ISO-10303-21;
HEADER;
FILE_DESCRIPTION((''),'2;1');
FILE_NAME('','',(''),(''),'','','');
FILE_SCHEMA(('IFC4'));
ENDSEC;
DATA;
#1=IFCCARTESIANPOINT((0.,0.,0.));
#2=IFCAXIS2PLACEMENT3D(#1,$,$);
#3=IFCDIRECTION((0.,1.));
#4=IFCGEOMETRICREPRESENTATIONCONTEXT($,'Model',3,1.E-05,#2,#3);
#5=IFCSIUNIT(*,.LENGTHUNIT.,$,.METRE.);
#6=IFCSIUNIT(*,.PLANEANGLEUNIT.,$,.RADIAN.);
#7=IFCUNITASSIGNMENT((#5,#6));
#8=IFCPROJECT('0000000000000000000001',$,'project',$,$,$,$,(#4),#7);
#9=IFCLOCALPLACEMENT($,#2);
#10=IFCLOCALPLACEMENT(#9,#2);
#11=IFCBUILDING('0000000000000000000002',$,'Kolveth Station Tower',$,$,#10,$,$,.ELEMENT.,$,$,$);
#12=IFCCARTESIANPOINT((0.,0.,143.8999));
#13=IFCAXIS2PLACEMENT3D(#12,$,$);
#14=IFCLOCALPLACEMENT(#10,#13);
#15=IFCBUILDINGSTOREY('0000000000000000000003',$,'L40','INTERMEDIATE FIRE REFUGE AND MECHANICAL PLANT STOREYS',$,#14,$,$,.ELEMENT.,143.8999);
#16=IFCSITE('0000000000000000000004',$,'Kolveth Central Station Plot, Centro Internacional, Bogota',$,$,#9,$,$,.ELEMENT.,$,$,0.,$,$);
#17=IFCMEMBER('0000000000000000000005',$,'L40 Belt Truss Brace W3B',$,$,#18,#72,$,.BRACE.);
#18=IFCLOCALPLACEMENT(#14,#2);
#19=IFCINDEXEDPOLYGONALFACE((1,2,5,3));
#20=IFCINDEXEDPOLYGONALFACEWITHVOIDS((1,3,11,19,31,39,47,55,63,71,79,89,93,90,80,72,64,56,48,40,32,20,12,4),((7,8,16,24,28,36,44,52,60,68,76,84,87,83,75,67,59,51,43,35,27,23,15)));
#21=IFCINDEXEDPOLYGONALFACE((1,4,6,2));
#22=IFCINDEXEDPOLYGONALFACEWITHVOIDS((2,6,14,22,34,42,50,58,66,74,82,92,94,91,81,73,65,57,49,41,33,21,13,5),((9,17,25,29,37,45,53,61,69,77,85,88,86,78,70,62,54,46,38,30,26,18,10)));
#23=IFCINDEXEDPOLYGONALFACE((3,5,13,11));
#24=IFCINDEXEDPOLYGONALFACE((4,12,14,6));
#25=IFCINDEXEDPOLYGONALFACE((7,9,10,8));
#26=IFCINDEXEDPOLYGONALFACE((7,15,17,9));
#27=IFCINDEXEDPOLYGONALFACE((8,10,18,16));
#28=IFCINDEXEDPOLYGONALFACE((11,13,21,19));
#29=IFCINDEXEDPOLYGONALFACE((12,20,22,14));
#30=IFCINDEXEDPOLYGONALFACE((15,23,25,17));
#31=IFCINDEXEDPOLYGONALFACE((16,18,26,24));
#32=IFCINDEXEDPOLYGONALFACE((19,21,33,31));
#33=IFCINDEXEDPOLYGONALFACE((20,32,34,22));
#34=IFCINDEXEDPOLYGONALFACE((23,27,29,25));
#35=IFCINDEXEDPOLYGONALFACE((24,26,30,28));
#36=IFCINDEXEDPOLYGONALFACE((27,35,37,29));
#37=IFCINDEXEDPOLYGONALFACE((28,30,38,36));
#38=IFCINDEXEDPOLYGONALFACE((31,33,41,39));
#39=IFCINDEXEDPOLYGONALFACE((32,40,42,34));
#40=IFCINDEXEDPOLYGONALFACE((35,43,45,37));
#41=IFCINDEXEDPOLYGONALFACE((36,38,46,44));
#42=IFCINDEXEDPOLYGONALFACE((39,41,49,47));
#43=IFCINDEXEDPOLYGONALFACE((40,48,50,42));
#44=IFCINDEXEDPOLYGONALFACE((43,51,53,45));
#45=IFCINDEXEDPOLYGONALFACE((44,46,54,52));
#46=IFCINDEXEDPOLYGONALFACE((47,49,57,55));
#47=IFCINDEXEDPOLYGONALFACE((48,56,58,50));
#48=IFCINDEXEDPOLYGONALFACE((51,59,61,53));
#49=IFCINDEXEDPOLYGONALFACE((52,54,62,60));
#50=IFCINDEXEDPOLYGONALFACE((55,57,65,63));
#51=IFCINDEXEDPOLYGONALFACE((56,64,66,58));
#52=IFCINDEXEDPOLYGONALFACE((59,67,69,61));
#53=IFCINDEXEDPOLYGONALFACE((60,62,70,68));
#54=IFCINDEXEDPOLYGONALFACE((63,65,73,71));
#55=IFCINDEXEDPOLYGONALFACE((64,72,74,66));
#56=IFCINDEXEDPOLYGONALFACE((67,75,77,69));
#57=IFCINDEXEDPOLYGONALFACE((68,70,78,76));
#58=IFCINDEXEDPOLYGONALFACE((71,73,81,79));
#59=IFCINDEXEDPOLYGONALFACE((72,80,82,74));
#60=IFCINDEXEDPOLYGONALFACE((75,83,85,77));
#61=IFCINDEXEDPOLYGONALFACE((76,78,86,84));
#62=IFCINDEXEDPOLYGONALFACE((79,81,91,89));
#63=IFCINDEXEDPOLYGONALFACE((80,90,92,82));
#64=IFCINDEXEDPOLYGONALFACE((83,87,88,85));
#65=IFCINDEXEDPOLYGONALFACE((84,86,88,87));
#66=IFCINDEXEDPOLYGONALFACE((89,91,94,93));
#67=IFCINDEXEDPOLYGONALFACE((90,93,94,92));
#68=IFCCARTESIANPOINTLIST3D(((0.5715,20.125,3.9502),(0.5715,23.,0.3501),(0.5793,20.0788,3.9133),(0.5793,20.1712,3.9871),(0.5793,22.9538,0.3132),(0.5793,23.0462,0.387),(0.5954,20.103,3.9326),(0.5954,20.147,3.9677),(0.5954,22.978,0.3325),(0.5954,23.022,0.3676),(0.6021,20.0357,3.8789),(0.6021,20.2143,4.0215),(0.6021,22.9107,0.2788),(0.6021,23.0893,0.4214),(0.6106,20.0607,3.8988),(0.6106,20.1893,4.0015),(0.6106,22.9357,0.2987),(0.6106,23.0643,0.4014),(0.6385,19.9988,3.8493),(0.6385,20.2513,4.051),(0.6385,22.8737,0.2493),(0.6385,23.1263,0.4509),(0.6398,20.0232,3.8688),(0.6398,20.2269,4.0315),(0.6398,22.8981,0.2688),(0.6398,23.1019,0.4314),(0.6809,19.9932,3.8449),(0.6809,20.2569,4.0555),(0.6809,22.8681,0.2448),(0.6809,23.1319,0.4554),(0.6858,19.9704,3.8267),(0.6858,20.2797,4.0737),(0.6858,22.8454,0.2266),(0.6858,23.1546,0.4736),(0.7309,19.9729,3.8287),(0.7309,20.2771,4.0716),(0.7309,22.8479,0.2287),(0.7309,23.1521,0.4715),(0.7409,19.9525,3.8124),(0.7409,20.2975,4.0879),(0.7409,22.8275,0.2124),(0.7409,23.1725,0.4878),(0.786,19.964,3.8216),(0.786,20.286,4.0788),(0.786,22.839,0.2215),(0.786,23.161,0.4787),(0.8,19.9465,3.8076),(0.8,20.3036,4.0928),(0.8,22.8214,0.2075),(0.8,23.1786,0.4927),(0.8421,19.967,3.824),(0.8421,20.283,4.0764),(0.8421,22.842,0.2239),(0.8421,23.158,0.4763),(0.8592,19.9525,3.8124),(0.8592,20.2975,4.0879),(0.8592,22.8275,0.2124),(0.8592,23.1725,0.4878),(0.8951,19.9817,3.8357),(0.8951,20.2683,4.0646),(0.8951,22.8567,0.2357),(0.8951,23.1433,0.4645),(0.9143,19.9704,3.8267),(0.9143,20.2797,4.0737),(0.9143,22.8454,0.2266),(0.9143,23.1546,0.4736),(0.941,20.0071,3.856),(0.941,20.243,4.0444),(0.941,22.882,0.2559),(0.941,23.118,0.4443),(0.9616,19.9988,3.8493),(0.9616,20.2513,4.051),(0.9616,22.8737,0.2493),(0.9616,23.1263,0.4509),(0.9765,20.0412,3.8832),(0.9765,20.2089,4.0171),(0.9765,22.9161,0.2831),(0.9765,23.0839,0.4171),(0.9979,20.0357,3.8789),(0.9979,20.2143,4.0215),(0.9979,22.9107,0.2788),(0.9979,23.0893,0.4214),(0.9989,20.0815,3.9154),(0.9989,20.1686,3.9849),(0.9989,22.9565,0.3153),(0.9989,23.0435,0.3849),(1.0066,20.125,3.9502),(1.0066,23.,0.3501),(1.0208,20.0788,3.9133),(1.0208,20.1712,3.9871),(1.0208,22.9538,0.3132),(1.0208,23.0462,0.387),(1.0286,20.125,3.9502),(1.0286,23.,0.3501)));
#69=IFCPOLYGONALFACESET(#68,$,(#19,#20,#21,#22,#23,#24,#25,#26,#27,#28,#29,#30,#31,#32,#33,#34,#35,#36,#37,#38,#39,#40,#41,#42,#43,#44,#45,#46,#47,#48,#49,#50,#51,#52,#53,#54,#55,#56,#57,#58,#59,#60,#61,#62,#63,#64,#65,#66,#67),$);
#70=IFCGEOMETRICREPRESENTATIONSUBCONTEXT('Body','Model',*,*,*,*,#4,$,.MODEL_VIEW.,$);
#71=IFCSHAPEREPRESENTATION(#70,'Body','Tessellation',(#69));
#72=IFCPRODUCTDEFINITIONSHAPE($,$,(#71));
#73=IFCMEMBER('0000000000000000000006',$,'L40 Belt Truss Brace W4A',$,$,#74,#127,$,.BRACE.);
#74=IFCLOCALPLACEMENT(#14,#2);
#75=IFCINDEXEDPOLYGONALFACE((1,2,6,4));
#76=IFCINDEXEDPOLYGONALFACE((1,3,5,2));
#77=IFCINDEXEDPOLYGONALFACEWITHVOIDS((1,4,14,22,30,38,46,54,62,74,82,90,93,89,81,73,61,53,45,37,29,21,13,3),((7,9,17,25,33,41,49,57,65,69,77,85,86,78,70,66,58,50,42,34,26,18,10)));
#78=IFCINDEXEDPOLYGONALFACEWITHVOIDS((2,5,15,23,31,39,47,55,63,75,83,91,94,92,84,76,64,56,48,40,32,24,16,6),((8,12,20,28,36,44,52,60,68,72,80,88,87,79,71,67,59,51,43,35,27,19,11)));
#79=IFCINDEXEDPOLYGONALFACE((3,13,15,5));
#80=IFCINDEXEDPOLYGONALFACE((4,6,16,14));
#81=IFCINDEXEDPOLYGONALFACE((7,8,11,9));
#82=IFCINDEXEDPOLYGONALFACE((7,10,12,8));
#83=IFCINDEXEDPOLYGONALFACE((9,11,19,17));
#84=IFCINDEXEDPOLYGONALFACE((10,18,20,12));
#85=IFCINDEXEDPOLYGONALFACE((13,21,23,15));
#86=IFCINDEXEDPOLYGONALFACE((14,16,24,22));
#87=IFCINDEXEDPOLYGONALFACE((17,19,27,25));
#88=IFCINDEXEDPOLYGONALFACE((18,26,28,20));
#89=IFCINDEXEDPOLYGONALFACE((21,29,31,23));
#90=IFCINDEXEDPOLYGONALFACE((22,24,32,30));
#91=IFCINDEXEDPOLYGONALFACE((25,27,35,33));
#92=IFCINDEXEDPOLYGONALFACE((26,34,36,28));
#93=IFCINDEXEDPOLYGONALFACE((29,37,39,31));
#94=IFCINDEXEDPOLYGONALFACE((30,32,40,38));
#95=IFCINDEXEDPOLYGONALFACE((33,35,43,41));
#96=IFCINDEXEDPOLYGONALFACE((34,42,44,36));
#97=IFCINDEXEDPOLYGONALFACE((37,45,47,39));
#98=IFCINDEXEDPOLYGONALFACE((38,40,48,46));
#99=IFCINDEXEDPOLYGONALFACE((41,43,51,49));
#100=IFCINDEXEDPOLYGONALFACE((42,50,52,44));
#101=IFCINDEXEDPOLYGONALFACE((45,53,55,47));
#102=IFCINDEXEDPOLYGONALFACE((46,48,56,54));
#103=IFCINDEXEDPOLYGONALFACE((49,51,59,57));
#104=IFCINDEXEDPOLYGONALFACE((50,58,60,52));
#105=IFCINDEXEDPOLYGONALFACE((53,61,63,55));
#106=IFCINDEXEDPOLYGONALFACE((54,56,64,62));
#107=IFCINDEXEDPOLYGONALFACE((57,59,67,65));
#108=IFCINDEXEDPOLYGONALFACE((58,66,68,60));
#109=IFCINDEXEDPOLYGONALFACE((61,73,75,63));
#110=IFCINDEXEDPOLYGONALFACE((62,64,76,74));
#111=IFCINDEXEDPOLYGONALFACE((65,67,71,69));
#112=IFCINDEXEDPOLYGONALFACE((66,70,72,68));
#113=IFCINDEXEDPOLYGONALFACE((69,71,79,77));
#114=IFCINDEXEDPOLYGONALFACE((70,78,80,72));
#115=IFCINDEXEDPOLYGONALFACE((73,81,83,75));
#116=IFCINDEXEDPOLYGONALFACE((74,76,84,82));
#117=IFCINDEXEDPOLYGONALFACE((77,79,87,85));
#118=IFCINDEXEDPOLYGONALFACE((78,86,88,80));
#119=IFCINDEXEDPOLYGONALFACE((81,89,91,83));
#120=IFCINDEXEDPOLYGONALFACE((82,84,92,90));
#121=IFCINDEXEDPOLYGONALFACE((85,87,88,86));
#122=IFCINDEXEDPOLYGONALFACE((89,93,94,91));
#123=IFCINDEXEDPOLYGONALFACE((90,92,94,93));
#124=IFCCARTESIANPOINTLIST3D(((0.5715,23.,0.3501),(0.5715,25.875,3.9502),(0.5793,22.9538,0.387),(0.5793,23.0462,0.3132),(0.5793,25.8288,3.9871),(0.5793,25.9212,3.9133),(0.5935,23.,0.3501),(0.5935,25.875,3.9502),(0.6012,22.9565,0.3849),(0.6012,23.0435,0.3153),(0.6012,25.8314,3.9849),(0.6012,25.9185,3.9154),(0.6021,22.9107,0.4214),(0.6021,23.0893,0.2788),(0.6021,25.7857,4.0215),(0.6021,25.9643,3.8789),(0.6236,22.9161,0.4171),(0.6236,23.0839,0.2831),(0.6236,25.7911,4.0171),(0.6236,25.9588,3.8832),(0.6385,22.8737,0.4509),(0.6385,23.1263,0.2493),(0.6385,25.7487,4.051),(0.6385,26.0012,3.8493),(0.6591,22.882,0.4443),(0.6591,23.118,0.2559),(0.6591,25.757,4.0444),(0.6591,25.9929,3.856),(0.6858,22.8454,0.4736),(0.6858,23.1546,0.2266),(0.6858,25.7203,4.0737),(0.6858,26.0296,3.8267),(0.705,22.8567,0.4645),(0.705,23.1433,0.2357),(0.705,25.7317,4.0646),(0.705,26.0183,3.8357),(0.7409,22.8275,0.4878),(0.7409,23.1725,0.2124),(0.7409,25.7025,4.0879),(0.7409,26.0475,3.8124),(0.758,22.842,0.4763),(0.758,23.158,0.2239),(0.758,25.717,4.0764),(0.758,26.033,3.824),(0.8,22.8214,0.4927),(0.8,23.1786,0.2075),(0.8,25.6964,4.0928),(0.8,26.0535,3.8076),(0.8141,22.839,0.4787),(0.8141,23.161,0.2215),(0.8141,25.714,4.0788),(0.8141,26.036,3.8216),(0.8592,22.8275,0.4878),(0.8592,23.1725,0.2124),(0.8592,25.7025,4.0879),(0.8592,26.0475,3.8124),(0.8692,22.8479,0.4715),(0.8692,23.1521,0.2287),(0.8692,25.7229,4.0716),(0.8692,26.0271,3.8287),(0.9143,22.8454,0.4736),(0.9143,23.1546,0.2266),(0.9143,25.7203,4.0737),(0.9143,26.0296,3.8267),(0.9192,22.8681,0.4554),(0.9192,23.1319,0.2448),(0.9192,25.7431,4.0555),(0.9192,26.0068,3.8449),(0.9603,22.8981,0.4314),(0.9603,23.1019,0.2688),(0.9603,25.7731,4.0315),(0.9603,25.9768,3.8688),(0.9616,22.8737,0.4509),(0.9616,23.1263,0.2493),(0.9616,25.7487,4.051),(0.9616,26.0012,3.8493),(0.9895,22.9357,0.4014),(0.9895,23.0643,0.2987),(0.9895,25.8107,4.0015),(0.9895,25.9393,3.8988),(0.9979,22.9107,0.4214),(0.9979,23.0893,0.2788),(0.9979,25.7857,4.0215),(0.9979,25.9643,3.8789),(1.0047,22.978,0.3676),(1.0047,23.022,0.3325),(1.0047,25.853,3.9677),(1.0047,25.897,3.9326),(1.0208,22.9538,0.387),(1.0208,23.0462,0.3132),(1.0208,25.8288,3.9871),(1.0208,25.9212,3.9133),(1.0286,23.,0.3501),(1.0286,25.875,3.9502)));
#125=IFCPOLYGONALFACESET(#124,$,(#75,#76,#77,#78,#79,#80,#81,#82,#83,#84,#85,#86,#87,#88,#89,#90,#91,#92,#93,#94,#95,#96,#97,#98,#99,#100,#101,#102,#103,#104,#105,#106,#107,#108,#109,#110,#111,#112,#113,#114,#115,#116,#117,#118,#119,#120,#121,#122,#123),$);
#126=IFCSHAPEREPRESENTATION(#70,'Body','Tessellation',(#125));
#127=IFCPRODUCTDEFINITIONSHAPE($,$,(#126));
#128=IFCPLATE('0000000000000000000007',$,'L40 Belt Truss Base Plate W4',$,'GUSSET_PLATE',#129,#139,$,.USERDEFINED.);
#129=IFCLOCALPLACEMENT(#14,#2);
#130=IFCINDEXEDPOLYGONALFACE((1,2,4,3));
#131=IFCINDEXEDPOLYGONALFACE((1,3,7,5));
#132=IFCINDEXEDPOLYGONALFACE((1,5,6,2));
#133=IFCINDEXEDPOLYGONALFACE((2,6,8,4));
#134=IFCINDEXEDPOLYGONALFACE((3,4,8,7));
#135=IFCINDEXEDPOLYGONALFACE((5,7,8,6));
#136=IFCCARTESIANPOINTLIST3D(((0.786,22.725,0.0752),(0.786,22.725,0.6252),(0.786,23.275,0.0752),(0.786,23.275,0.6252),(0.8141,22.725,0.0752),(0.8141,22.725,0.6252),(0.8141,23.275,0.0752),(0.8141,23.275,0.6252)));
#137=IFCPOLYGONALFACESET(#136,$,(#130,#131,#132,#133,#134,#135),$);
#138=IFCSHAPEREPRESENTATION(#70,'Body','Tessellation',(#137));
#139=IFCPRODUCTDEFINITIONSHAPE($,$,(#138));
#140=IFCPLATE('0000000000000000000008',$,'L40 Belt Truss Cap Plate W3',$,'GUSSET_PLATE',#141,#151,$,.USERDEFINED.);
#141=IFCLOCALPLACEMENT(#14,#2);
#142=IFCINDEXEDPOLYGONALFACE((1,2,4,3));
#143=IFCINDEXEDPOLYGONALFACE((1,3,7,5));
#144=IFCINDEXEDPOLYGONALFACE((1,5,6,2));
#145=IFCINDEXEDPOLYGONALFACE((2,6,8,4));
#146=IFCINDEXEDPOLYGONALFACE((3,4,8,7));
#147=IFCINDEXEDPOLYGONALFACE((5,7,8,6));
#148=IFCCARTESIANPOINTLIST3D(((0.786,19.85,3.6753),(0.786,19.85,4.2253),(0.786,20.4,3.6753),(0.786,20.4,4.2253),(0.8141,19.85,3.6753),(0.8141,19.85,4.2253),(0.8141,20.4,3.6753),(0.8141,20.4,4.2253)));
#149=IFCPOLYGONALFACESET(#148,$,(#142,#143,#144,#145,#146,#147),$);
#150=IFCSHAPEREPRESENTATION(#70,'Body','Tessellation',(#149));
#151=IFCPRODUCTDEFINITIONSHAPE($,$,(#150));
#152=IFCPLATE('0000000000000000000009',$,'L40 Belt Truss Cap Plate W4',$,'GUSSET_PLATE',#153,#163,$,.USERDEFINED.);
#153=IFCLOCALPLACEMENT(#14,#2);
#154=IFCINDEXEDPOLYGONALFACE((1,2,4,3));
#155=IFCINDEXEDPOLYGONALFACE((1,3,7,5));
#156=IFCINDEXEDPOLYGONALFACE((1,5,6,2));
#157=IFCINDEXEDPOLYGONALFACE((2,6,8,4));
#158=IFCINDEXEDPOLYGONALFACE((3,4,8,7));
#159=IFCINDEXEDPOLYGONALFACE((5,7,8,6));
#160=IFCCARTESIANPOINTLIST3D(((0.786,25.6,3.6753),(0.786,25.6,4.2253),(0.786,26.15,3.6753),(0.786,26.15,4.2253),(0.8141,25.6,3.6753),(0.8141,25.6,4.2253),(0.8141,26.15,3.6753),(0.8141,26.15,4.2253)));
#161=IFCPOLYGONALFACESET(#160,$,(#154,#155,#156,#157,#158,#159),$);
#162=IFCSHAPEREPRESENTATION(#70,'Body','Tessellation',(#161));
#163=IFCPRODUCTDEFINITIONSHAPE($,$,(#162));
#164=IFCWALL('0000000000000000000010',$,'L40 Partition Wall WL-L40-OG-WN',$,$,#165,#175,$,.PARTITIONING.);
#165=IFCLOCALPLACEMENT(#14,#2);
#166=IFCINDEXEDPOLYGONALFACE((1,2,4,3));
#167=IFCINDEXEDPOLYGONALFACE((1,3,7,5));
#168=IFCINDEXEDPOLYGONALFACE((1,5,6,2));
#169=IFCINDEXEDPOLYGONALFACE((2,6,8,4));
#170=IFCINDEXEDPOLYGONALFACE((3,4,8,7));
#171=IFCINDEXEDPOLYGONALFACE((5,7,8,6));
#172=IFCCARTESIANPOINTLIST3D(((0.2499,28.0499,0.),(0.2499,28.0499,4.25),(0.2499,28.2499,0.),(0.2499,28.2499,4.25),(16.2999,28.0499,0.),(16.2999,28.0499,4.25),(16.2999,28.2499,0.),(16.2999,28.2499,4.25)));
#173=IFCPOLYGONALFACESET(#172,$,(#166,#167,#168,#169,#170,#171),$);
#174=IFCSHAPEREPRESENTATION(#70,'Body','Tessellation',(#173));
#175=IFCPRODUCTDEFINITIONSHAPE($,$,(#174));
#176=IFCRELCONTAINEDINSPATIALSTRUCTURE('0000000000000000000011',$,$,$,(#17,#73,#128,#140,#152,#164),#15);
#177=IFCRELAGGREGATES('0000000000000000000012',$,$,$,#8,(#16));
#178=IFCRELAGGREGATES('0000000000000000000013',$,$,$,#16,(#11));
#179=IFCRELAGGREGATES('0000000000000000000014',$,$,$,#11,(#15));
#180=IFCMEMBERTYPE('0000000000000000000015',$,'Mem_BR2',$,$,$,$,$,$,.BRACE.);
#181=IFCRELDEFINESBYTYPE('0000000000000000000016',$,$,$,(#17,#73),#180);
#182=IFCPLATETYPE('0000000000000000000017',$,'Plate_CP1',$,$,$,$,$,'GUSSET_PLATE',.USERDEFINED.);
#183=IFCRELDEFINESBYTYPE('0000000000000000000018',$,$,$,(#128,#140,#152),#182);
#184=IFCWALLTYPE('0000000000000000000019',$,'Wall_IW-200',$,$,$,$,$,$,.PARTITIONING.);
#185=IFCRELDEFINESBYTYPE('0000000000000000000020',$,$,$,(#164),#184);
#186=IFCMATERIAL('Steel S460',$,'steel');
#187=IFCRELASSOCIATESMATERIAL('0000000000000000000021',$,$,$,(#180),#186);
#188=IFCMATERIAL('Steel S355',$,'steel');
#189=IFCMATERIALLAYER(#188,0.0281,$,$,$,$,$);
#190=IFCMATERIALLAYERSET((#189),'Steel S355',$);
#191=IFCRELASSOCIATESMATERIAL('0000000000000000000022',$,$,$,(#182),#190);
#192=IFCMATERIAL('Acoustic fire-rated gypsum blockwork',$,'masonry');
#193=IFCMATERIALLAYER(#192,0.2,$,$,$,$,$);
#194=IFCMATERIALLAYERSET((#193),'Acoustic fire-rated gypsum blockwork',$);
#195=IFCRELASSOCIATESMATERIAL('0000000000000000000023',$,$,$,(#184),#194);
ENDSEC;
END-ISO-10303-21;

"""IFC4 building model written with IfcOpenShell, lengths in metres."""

from ifc_helpers import new_model, si_unit, direction, frame, frame_2d, origin, origin_2d, place, context, subcontext, project, spatial, rectangle, hollow_circle, extrude, source, transform, mapped, material, layer, layer_set, material_profile, profile_set, type_object, element, save


model = new_model("IFC4")

# Units and contexts
model_context = context("Model", 3, precision=1e-05, world=origin(), true_north=direction((0.0, 1.0)))
body_context = subcontext(model_context, "Body", "Model", "MODEL_VIEW")
ifc_project = project(units=[si_unit("LENGTHUNIT", "METRE"), si_unit("PLANEANGLEUNIT", "RADIAN")], contexts=[model_context])

# Site, building, storey
site_placement = place(None, origin())
site = spatial("IfcSite", under=ifc_project, at=site_placement, Name="Kolveth Central Station Plot, Centro Internacional, Bogota", CompositionType="ELEMENT", RefElevation=0.0)
building_placement = place(site_placement, origin())
building = spatial("IfcBuilding", under=site, at=building_placement, Name="Kolveth Station Tower", CompositionType="ELEMENT")
storey_placement = place(building_placement, frame((0.0, 0.0, 143.8999)))
storey = spatial("IfcBuildingStorey", under=building, at=storey_placement, Name="L40", Description="INTERMEDIATE FIRE REFUGE AND MECHANICAL PLANT STOREYS", CompositionType="ELEMENT", Elevation=143.8999)

# Shared definitions
ifc_material_1 = material(Name="Steel S460", Category="steel")

# Shared definitions
ifc_material_2 = material(Name="Steel S355", Category="steel")

# Members
ifc_material_profile_1 = material_profile(ifc_material_1, hollow_circle(Radius=0.2285, WallThickness=0.022, at=origin_2d()), Name="CHS457x22")
ifc_profile_set_1 = profile_set([ifc_material_profile_1], Name="Steel S460")
member_type = type_object("IfcMemberType", Name="Mem_BR2", PredefinedType="BRACE", material=ifc_profile_set_1)
shared_shape_1 = source(origin(), body_context, "Body", "SweptSolid", [
    extrude(hollow_circle(Radius=0.2285, WallThickness=0.022, at=origin_2d()), origin(), (0.0, 0.0, 1.0), 4.6072),
])
for number, where, z_axis, x_axis, name in (
    (1, (0.8, 23.0, 0.3501), (0.0, -0.624023, 0.781406), (1.0, 0.0, 0.0), "L40 Belt Truss Brace W3B"),
    (2, (0.8, 23.0, 0.3501), (0.0, 0.624023, 0.781406), (-1.0, 0.0, 0.0), "L40 Belt Truss Brace W4A"),
):
    element("IfcMember", number, at=place(storey_placement, frame(where, z_axis=z_axis, x_axis=x_axis)), inside=storey, type_object=member_type, Name=name, PredefinedType="BRACE", context=body_context, shape_type="MappedRepresentation", body=[
        mapped(shared_shape_1, transform((0.0, 0.0, 0.0), x_axis=(1.0, 0.0, 0.0), y_axis=(0.0, 1.0, 0.0), z_axis=(0.0, 0.0, 1.0), scale=1.0)),
    ])

# Plates
ifc_layer_1 = layer(ifc_material_2, 0.0281)
ifc_layer_set_1 = layer_set([ifc_layer_1], Name="Steel S355")
plate_type = type_object("IfcPlateType", Name="Plate_CP1", ElementType="GUSSET_PLATE", PredefinedType="USERDEFINED", material=ifc_layer_set_1)
shared_shape_2 = source(origin(), body_context, "Body", "SweptSolid", [
    extrude(rectangle(XDim=0.0281, YDim=0.55, at=origin_2d()), origin(), (0.0, 0.0, 1.0), 0.55),
])
for number, where, z_axis, x_axis, name in (
    (3, (0.8, 23.0, 0.0752), (0.0, 0.0, 1.0), (1.0, 0.0, 0.0), "L40 Belt Truss Base Plate W4"),
    (4, (0.8, 20.125, 3.6753), (0.0, 0.0, 1.0), (1.0, 0.0, 0.0), "L40 Belt Truss Cap Plate W3"),
    (5, (0.8, 25.875, 3.6753), (0.0, 0.0, 1.0), (1.0, 0.0, 0.0), "L40 Belt Truss Cap Plate W4"),
):
    element("IfcPlate", number, at=place(storey_placement, frame(where, z_axis=z_axis, x_axis=x_axis)), inside=storey, type_object=plate_type, Name=name, ObjectType="GUSSET_PLATE", PredefinedType="USERDEFINED", context=body_context, shape_type="MappedRepresentation", body=[
        mapped(shared_shape_2, transform((0.0, 0.0, 0.0), x_axis=(1.0, 0.0, 0.0), y_axis=(0.0, 1.0, 0.0), z_axis=(0.0, 0.0, 1.0), scale=1.0)),
    ])

# Wall
ifc_material_3 = material(Name="Acoustic fire-rated gypsum blockwork", Category="masonry")
ifc_layer_2 = layer(ifc_material_3, 0.2)
ifc_layer_set_2 = layer_set([ifc_layer_2], Name="Acoustic fire-rated gypsum blockwork")
wall_type = type_object("IfcWallType", Name="Wall_IW-200", PredefinedType="PARTITIONING", material=ifc_layer_set_2)
wall_placement = place(storey_placement, frame((0.25, 28.1499, 0.0), z_axis=(0.0, 0.0, 1.0), x_axis=(1.0, 0.0, 0.0)))
element("IfcWall", 6, at=wall_placement, inside=storey, type_object=wall_type, Name="L40 Partition Wall WL-L40-OG-WN", PredefinedType="PARTITIONING", context=body_context, shape_type="SweptSolid", body=[
    extrude(rectangle(XDim=16.05, YDim=0.2, at=frame_2d((8.0249, 0.0))), origin(), (0.0, 0.0, 1.0), 4.25),
])

save(model, "model.ifc")
